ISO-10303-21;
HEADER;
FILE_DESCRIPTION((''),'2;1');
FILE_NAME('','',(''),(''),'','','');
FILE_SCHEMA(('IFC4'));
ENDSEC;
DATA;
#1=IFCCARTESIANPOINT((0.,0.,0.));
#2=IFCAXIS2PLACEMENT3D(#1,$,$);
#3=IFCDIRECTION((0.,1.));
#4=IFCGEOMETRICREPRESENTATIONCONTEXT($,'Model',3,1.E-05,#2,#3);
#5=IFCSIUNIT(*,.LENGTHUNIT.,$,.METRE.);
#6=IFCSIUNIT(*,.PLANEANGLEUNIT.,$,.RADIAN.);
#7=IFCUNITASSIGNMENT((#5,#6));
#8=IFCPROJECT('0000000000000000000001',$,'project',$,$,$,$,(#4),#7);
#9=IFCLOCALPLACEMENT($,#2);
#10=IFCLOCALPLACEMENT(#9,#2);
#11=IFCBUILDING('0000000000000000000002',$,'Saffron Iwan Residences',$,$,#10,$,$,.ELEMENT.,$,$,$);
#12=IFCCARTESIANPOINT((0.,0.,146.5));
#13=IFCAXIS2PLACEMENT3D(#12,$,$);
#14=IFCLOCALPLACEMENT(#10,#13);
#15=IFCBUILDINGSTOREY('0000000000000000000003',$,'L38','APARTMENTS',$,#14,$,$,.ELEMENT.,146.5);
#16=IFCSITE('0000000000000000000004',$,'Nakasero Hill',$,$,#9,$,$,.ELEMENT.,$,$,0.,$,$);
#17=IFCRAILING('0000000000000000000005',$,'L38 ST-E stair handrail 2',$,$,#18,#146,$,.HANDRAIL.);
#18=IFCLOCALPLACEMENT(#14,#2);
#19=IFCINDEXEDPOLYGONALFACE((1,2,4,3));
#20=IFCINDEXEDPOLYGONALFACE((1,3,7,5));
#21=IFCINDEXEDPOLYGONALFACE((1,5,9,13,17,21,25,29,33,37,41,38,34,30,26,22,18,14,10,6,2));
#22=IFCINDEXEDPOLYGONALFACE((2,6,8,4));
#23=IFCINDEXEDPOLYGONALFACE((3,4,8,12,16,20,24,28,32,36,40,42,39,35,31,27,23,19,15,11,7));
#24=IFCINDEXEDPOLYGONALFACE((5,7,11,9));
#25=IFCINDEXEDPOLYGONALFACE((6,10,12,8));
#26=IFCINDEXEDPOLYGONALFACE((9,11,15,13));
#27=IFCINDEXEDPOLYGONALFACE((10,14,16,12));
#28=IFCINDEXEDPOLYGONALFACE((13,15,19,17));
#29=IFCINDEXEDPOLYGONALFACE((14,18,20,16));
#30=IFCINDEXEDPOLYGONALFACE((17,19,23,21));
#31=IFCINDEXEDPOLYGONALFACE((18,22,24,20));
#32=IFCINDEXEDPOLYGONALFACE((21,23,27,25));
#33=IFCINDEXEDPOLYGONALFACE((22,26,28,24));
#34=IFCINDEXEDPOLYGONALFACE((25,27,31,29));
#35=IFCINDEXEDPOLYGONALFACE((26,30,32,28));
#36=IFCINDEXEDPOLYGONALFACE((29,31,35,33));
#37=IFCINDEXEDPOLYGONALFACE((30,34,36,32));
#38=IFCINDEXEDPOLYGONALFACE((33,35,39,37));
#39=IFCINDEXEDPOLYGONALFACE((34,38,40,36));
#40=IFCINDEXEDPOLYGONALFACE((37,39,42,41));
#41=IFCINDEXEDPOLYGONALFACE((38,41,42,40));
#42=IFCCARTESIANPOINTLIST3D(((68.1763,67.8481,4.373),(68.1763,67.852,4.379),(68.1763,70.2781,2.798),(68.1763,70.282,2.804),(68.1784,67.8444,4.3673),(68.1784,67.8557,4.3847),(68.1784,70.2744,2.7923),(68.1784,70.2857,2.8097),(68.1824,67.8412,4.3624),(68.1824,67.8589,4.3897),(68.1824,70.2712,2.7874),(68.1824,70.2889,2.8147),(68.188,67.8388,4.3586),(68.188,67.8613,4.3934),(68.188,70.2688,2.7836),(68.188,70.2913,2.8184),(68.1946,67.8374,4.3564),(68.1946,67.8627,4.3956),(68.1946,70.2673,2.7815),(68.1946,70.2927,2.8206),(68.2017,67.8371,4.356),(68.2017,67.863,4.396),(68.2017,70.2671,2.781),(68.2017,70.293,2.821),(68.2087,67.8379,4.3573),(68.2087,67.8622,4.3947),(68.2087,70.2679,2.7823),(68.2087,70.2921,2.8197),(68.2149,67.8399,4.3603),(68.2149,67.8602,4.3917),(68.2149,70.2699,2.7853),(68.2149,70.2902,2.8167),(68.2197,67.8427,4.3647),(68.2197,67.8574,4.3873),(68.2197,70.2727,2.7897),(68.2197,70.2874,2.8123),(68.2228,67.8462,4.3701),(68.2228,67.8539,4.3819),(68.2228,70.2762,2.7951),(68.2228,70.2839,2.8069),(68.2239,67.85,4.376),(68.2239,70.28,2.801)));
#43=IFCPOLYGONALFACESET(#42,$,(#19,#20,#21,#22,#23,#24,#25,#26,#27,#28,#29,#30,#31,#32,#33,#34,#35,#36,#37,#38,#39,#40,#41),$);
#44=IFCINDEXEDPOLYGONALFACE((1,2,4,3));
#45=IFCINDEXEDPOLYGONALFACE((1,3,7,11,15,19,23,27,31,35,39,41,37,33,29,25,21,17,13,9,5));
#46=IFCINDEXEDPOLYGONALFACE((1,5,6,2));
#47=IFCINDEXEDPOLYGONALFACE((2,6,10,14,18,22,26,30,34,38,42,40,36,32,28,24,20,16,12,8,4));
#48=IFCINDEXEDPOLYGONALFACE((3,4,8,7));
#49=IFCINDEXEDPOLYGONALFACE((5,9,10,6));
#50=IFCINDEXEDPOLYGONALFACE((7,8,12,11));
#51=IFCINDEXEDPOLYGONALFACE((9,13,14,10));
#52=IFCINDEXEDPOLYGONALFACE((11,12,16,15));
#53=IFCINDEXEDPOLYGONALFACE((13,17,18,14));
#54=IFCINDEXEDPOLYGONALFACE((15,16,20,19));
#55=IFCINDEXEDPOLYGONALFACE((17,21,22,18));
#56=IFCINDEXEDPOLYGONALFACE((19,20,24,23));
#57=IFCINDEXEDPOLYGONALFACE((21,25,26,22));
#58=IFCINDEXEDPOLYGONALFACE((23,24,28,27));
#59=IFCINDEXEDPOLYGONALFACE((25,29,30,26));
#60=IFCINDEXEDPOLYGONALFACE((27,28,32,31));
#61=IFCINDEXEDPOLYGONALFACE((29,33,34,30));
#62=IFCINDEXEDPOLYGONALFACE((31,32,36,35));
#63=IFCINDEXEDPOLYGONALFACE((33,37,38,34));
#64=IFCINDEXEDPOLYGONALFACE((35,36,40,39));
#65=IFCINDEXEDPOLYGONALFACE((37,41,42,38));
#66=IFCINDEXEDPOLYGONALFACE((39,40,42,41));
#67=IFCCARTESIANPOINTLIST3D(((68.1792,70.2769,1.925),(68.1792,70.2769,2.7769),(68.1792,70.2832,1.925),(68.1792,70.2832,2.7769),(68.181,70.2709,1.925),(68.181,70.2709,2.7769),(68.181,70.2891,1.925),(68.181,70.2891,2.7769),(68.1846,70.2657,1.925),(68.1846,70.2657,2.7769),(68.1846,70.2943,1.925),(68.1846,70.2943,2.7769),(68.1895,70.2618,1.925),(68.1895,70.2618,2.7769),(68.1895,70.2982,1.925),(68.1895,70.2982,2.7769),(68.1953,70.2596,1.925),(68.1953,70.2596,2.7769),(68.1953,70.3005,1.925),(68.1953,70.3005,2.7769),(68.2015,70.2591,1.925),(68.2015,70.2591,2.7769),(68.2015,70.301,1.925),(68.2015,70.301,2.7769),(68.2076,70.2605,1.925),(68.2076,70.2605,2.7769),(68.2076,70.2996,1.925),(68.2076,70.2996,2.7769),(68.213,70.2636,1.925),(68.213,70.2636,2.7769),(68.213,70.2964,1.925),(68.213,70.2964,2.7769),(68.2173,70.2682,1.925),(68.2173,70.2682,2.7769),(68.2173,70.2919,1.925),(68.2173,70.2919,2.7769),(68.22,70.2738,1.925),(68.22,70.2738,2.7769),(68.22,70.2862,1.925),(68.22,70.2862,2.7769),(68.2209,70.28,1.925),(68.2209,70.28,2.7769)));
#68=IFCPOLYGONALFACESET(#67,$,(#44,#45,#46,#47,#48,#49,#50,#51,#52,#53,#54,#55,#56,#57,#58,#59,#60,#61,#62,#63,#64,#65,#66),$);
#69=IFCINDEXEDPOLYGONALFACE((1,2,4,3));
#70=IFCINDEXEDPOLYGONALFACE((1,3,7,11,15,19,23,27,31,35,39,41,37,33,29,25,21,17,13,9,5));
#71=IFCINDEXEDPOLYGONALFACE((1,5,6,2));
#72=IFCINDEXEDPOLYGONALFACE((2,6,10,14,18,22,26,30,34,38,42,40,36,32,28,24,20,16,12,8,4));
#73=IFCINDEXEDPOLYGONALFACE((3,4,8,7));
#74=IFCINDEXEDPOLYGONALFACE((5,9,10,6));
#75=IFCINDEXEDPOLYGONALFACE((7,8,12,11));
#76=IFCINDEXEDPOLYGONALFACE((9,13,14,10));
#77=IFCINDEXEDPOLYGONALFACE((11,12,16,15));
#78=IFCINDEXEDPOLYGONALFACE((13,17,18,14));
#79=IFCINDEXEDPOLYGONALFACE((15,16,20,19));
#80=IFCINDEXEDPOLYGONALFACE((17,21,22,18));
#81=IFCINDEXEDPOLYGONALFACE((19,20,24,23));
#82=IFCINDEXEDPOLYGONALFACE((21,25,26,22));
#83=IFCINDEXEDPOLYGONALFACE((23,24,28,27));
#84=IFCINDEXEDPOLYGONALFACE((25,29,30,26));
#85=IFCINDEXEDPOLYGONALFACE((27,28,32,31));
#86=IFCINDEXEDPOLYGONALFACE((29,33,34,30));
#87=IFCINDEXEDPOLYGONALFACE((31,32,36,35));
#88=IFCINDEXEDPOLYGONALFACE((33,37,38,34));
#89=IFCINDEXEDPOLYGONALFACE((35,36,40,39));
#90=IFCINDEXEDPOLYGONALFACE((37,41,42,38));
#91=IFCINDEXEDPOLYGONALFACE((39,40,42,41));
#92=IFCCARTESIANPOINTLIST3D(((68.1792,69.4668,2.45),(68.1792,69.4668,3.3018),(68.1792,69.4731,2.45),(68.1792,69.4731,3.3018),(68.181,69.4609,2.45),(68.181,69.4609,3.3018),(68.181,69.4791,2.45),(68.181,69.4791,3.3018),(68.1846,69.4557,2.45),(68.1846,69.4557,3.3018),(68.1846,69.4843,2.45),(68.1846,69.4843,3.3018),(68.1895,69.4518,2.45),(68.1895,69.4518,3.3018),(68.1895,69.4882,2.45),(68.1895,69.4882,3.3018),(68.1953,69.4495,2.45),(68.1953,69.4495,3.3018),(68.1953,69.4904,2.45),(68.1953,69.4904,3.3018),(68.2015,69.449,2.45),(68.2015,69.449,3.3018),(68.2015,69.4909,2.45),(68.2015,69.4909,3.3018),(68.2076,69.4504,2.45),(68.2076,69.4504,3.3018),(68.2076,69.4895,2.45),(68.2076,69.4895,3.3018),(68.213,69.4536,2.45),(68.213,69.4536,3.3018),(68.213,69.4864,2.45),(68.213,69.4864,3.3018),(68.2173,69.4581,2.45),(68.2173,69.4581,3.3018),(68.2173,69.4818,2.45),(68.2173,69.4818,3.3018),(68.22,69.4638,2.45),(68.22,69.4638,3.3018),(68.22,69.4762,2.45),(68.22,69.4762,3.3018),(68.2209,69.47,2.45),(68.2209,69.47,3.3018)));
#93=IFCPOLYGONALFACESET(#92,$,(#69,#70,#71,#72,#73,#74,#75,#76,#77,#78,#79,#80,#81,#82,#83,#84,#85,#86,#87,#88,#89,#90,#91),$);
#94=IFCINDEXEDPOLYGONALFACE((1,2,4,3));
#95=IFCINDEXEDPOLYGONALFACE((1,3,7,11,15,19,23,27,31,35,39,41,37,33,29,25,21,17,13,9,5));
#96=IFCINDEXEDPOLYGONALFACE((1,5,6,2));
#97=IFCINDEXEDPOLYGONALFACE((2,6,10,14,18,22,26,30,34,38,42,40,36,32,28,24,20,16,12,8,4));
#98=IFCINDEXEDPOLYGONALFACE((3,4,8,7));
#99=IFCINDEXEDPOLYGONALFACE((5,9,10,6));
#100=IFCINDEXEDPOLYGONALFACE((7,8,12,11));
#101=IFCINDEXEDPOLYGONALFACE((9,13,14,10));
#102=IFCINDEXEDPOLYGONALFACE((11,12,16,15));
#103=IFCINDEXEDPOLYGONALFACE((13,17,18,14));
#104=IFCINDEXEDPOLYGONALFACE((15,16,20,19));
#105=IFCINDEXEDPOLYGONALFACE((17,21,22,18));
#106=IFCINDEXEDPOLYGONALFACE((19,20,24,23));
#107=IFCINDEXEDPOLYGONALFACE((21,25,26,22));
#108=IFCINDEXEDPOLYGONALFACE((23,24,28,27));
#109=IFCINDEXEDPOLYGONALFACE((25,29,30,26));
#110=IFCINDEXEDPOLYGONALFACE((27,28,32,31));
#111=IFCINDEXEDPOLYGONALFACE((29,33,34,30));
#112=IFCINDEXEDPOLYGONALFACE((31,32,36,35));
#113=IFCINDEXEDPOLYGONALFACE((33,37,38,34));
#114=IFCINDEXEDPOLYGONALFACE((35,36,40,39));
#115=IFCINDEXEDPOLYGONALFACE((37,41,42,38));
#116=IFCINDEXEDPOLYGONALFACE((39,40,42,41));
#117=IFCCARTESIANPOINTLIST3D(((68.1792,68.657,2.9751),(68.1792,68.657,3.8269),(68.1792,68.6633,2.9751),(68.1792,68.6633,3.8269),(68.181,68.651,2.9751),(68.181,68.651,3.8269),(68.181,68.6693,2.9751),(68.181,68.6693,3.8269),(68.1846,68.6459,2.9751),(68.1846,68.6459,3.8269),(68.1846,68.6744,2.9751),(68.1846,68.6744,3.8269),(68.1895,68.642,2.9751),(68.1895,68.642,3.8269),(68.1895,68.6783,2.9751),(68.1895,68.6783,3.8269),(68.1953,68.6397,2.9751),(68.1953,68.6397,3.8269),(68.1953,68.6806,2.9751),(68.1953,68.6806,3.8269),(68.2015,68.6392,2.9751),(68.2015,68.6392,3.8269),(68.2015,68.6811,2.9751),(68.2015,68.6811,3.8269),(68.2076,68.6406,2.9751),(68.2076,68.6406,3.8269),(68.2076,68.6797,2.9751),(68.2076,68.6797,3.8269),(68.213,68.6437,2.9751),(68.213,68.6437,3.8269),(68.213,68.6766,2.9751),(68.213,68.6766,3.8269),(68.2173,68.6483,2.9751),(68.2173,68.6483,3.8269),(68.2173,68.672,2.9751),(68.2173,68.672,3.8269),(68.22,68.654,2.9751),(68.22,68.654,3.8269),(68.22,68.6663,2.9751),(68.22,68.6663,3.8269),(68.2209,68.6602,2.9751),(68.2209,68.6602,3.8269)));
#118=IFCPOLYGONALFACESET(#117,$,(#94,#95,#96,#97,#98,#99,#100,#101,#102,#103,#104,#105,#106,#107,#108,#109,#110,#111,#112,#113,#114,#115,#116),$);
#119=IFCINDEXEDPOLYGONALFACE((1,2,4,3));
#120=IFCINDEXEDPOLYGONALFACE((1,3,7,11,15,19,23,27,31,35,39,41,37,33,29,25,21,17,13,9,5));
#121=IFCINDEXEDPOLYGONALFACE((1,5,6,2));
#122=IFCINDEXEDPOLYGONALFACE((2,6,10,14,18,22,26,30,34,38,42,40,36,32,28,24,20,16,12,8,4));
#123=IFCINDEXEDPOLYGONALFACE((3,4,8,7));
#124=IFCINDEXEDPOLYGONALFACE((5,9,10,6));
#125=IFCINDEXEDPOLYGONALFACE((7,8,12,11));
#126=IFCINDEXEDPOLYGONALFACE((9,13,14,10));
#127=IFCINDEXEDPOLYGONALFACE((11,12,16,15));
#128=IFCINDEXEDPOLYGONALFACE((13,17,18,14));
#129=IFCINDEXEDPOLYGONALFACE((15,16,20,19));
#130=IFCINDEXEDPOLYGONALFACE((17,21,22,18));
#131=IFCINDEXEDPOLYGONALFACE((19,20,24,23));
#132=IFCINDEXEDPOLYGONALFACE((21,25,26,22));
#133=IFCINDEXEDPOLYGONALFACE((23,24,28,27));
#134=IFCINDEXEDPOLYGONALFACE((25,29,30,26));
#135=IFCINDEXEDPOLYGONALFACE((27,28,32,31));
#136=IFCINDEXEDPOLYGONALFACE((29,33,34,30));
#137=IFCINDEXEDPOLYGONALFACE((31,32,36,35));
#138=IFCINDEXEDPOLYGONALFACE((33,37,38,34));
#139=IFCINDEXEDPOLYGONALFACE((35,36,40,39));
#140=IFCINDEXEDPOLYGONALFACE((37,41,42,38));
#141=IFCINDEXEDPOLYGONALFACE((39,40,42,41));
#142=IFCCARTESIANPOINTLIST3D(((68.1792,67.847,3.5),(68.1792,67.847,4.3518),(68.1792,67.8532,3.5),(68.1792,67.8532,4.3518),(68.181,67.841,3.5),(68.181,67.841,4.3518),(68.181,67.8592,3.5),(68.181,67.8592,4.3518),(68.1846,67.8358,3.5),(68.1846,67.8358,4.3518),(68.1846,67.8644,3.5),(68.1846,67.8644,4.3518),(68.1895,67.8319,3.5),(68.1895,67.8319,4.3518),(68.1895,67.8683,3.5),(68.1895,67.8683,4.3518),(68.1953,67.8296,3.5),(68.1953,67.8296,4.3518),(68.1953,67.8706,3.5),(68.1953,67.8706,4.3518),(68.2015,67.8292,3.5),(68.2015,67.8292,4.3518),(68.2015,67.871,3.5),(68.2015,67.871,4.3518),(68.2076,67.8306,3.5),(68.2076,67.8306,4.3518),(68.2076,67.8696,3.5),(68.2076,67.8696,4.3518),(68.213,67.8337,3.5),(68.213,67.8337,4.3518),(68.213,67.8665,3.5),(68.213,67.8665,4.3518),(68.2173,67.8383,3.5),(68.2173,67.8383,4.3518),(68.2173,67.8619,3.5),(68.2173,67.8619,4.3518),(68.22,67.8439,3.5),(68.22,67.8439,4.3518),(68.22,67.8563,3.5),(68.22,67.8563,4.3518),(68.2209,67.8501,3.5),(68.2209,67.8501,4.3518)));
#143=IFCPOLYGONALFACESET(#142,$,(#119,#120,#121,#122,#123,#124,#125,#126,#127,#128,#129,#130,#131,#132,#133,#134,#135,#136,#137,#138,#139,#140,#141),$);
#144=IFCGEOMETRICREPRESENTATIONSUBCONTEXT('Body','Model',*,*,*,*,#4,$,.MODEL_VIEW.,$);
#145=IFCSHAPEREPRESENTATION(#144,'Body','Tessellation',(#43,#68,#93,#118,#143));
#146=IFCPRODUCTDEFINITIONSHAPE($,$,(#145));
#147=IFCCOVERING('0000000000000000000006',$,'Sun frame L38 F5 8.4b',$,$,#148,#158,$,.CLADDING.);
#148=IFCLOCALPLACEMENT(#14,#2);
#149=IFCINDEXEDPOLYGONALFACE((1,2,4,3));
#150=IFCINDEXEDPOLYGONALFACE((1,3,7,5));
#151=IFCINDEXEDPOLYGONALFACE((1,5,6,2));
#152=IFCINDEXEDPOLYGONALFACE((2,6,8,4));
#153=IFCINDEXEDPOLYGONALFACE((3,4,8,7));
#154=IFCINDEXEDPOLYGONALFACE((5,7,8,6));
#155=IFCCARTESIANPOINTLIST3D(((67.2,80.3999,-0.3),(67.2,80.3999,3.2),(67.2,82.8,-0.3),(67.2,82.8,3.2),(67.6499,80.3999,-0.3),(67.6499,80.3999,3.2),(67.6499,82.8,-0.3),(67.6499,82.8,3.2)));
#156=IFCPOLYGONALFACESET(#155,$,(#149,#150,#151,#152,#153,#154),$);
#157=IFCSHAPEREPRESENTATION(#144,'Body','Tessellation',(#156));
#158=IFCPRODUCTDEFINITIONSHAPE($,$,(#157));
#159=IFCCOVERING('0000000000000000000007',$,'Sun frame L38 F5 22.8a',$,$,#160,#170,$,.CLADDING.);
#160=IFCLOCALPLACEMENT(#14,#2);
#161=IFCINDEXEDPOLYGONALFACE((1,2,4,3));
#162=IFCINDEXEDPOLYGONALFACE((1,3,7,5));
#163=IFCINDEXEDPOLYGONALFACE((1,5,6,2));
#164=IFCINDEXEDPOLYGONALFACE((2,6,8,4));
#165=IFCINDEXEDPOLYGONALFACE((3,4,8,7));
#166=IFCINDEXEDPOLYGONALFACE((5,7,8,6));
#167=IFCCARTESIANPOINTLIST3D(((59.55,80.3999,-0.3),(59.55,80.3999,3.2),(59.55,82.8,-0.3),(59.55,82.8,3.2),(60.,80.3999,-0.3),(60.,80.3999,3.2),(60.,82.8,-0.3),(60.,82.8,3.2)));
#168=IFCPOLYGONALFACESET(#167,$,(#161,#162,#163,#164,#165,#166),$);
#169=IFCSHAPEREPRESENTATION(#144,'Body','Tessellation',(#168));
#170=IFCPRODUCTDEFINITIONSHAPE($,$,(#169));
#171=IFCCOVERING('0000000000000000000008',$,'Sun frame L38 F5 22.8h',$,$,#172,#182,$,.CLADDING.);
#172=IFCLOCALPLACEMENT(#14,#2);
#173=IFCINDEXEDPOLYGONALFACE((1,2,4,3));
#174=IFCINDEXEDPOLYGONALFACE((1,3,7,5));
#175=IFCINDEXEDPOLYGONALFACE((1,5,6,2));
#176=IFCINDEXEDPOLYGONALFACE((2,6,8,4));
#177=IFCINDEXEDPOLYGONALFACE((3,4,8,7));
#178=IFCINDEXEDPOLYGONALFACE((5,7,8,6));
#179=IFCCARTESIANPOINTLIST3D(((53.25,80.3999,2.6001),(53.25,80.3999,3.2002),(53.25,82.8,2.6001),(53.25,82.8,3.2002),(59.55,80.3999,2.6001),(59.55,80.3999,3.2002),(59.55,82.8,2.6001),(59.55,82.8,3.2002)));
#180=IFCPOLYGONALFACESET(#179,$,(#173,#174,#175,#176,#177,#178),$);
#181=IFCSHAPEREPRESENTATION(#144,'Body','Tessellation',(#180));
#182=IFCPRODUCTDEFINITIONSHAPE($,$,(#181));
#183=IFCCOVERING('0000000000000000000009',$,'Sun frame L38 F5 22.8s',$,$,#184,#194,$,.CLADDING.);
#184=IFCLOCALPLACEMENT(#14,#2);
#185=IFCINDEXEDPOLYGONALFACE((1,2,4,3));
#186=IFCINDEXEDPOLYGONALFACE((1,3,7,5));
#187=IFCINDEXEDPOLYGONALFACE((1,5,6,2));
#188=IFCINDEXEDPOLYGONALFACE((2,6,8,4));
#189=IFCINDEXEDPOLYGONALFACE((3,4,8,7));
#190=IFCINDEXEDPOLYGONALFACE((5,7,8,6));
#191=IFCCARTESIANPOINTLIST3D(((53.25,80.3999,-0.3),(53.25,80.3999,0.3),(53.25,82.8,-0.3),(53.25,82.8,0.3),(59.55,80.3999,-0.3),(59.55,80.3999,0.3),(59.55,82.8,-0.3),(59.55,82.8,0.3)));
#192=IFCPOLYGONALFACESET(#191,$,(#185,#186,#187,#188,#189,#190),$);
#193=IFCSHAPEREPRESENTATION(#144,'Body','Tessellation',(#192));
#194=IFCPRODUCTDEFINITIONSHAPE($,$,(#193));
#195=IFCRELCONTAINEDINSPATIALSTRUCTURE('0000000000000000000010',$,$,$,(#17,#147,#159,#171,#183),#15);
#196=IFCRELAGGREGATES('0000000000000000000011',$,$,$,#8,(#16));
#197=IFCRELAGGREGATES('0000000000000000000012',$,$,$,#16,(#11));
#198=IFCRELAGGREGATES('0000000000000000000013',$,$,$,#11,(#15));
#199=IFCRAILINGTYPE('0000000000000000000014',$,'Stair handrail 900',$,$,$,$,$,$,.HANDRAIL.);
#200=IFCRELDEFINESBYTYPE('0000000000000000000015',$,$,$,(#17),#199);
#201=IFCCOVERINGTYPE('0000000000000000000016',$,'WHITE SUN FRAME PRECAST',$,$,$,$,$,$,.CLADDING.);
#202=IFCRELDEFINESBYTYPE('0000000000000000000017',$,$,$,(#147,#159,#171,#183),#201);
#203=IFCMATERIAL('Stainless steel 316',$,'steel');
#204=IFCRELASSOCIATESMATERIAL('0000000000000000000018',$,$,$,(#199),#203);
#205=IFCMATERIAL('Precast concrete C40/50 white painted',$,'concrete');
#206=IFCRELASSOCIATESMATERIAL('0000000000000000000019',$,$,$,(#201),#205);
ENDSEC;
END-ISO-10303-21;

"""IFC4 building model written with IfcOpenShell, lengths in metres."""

from ifc_helpers import new_model, si_unit, direction, frame, origin, origin_2d, place, context, subcontext, project, spatial, polyline, circle, outline, extrude, material, type_object, element, save


model = new_model("IFC4")

# Units and contexts
model_context = context("Model", 3, precision=1e-05, world=origin(), true_north=direction((0.0, 1.0)))
body_context = subcontext(model_context, "Body", "Model", "MODEL_VIEW")
ifc_project = project(units=[si_unit("LENGTHUNIT", "METRE"), si_unit("PLANEANGLEUNIT", "RADIAN")], contexts=[model_context])

# Site, building, storey
site_placement = place(None, origin())
site = spatial("IfcSite", under=ifc_project, at=site_placement, Name="Nakasero Hill", CompositionType="ELEMENT", RefElevation=0.0)
building_placement = place(site_placement, origin())
building = spatial("IfcBuilding", under=site, at=building_placement, Name="Saffron Iwan Residences", CompositionType="ELEMENT")
storey_placement = place(building_placement, frame((0.0, 0.0, 146.5)))
storey = spatial("IfcBuildingStorey", under=building, at=storey_placement, Name="L38", Description="APARTMENTS", CompositionType="ELEMENT", Elevation=146.5)

# Railing
ifc_material_1 = material(Name="Stainless steel 316", Category="steel")
railing_type = type_object("IfcRailingType", Name="Stair handrail 900", PredefinedType="HANDRAIL", material=ifc_material_1)
railing_1_placement = place(storey_placement, frame((68.2, 70.28, 1.925)))
element("IfcRailing", 1, at=railing_1_placement, inside=storey, type_object=railing_type, Name="L38 ST-E stair handrail 2", PredefinedType="HANDRAIL", context=body_context, shape_type="SweptSolid", body=[
    extrude(circle(Radius=0.0239, at=origin_2d()), frame((0.0, 0.0, 0.876), z_axis=(0.0, -0.839154, 0.543894), x_axis=(1.0, 0.0, 0.0)), (0.0, 0.0, 1.0), 2.8958),
    extrude(circle(Radius=0.021, at=origin_2d()), origin(), (0.0, 0.0, 1.0), 0.8518),
    extrude(circle(Radius=0.021, at=origin_2d()), frame((0.0, -0.8101, 0.5249)), (0.0, 0.0, 1.0), 0.8518),
    extrude(circle(Radius=0.021, at=origin_2d()), frame((0.0, -1.6199, 1.05)), (0.0, 0.0, 1.0), 0.8518),
    extrude(circle(Radius=0.021, at=origin_2d()), frame((0.0, -2.4299, 1.575)), (0.0, 0.0, 1.0), 0.8518),
])

# Coverings
ifc_material_2 = material(Name="Precast concrete C40/50 white painted", Category="concrete")
covering_type_1 = type_object("IfcCoveringType", Name="WHITE SUN FRAME PRECAST", PredefinedType="CLADDING", material=ifc_material_2)
for number, where, z_axis, x_axis, name in (
    (2, (67.6499, 80.3999, -0.3), (0.0, 1.0, 0.0), (-1.0, 0.0, 0.0), "Sun frame L38 F5 8.4b"),
    (3, (60.0, 80.3999, -0.3), (0.0, 1.0, 0.0), (-1.0, 0.0, 0.0), "Sun frame L38 F5 22.8a"),
):
    element("IfcCovering", number, at=place(storey_placement, frame(where, z_axis=z_axis, x_axis=x_axis)), inside=storey, type_object=covering_type_1, Name=name, PredefinedType="CLADDING", context=body_context, shape_type="SweptSolid", body=[
        extrude(outline(polyline([(0.0, 0.0), (0.45, 0.0), (0.45, 3.5), (0.0, 3.5), (0.0, 0.0)])), origin(), (0.0, 0.0, 1.0), 2.4001),
    ])
for number, where, z_axis, x_axis, name in (
    (4, (59.55, 80.3999, 2.6001), (0.0, 1.0, 0.0), (-1.0, 0.0, 0.0), "Sun frame L38 F5 22.8h"),
    (5, (59.55, 80.3999, -0.3), (0.0, 1.0, 0.0), (-1.0, 0.0, 0.0), "Sun frame L38 F5 22.8s"),
):
    element("IfcCovering", number, at=place(storey_placement, frame(where, z_axis=z_axis, x_axis=x_axis)), inside=storey, type_object=covering_type_1, Name=name, PredefinedType="CLADDING", context=body_context, shape_type="SweptSolid", body=[
        extrude(outline(polyline([(0.0, 0.0), (6.3, 0.0), (6.3, 0.6001), (0.0, 0.6001), (0.0, 0.0)])), origin(), (0.0, 0.0, 1.0), 2.4001),
    ])

save(model, "model.ifc")
